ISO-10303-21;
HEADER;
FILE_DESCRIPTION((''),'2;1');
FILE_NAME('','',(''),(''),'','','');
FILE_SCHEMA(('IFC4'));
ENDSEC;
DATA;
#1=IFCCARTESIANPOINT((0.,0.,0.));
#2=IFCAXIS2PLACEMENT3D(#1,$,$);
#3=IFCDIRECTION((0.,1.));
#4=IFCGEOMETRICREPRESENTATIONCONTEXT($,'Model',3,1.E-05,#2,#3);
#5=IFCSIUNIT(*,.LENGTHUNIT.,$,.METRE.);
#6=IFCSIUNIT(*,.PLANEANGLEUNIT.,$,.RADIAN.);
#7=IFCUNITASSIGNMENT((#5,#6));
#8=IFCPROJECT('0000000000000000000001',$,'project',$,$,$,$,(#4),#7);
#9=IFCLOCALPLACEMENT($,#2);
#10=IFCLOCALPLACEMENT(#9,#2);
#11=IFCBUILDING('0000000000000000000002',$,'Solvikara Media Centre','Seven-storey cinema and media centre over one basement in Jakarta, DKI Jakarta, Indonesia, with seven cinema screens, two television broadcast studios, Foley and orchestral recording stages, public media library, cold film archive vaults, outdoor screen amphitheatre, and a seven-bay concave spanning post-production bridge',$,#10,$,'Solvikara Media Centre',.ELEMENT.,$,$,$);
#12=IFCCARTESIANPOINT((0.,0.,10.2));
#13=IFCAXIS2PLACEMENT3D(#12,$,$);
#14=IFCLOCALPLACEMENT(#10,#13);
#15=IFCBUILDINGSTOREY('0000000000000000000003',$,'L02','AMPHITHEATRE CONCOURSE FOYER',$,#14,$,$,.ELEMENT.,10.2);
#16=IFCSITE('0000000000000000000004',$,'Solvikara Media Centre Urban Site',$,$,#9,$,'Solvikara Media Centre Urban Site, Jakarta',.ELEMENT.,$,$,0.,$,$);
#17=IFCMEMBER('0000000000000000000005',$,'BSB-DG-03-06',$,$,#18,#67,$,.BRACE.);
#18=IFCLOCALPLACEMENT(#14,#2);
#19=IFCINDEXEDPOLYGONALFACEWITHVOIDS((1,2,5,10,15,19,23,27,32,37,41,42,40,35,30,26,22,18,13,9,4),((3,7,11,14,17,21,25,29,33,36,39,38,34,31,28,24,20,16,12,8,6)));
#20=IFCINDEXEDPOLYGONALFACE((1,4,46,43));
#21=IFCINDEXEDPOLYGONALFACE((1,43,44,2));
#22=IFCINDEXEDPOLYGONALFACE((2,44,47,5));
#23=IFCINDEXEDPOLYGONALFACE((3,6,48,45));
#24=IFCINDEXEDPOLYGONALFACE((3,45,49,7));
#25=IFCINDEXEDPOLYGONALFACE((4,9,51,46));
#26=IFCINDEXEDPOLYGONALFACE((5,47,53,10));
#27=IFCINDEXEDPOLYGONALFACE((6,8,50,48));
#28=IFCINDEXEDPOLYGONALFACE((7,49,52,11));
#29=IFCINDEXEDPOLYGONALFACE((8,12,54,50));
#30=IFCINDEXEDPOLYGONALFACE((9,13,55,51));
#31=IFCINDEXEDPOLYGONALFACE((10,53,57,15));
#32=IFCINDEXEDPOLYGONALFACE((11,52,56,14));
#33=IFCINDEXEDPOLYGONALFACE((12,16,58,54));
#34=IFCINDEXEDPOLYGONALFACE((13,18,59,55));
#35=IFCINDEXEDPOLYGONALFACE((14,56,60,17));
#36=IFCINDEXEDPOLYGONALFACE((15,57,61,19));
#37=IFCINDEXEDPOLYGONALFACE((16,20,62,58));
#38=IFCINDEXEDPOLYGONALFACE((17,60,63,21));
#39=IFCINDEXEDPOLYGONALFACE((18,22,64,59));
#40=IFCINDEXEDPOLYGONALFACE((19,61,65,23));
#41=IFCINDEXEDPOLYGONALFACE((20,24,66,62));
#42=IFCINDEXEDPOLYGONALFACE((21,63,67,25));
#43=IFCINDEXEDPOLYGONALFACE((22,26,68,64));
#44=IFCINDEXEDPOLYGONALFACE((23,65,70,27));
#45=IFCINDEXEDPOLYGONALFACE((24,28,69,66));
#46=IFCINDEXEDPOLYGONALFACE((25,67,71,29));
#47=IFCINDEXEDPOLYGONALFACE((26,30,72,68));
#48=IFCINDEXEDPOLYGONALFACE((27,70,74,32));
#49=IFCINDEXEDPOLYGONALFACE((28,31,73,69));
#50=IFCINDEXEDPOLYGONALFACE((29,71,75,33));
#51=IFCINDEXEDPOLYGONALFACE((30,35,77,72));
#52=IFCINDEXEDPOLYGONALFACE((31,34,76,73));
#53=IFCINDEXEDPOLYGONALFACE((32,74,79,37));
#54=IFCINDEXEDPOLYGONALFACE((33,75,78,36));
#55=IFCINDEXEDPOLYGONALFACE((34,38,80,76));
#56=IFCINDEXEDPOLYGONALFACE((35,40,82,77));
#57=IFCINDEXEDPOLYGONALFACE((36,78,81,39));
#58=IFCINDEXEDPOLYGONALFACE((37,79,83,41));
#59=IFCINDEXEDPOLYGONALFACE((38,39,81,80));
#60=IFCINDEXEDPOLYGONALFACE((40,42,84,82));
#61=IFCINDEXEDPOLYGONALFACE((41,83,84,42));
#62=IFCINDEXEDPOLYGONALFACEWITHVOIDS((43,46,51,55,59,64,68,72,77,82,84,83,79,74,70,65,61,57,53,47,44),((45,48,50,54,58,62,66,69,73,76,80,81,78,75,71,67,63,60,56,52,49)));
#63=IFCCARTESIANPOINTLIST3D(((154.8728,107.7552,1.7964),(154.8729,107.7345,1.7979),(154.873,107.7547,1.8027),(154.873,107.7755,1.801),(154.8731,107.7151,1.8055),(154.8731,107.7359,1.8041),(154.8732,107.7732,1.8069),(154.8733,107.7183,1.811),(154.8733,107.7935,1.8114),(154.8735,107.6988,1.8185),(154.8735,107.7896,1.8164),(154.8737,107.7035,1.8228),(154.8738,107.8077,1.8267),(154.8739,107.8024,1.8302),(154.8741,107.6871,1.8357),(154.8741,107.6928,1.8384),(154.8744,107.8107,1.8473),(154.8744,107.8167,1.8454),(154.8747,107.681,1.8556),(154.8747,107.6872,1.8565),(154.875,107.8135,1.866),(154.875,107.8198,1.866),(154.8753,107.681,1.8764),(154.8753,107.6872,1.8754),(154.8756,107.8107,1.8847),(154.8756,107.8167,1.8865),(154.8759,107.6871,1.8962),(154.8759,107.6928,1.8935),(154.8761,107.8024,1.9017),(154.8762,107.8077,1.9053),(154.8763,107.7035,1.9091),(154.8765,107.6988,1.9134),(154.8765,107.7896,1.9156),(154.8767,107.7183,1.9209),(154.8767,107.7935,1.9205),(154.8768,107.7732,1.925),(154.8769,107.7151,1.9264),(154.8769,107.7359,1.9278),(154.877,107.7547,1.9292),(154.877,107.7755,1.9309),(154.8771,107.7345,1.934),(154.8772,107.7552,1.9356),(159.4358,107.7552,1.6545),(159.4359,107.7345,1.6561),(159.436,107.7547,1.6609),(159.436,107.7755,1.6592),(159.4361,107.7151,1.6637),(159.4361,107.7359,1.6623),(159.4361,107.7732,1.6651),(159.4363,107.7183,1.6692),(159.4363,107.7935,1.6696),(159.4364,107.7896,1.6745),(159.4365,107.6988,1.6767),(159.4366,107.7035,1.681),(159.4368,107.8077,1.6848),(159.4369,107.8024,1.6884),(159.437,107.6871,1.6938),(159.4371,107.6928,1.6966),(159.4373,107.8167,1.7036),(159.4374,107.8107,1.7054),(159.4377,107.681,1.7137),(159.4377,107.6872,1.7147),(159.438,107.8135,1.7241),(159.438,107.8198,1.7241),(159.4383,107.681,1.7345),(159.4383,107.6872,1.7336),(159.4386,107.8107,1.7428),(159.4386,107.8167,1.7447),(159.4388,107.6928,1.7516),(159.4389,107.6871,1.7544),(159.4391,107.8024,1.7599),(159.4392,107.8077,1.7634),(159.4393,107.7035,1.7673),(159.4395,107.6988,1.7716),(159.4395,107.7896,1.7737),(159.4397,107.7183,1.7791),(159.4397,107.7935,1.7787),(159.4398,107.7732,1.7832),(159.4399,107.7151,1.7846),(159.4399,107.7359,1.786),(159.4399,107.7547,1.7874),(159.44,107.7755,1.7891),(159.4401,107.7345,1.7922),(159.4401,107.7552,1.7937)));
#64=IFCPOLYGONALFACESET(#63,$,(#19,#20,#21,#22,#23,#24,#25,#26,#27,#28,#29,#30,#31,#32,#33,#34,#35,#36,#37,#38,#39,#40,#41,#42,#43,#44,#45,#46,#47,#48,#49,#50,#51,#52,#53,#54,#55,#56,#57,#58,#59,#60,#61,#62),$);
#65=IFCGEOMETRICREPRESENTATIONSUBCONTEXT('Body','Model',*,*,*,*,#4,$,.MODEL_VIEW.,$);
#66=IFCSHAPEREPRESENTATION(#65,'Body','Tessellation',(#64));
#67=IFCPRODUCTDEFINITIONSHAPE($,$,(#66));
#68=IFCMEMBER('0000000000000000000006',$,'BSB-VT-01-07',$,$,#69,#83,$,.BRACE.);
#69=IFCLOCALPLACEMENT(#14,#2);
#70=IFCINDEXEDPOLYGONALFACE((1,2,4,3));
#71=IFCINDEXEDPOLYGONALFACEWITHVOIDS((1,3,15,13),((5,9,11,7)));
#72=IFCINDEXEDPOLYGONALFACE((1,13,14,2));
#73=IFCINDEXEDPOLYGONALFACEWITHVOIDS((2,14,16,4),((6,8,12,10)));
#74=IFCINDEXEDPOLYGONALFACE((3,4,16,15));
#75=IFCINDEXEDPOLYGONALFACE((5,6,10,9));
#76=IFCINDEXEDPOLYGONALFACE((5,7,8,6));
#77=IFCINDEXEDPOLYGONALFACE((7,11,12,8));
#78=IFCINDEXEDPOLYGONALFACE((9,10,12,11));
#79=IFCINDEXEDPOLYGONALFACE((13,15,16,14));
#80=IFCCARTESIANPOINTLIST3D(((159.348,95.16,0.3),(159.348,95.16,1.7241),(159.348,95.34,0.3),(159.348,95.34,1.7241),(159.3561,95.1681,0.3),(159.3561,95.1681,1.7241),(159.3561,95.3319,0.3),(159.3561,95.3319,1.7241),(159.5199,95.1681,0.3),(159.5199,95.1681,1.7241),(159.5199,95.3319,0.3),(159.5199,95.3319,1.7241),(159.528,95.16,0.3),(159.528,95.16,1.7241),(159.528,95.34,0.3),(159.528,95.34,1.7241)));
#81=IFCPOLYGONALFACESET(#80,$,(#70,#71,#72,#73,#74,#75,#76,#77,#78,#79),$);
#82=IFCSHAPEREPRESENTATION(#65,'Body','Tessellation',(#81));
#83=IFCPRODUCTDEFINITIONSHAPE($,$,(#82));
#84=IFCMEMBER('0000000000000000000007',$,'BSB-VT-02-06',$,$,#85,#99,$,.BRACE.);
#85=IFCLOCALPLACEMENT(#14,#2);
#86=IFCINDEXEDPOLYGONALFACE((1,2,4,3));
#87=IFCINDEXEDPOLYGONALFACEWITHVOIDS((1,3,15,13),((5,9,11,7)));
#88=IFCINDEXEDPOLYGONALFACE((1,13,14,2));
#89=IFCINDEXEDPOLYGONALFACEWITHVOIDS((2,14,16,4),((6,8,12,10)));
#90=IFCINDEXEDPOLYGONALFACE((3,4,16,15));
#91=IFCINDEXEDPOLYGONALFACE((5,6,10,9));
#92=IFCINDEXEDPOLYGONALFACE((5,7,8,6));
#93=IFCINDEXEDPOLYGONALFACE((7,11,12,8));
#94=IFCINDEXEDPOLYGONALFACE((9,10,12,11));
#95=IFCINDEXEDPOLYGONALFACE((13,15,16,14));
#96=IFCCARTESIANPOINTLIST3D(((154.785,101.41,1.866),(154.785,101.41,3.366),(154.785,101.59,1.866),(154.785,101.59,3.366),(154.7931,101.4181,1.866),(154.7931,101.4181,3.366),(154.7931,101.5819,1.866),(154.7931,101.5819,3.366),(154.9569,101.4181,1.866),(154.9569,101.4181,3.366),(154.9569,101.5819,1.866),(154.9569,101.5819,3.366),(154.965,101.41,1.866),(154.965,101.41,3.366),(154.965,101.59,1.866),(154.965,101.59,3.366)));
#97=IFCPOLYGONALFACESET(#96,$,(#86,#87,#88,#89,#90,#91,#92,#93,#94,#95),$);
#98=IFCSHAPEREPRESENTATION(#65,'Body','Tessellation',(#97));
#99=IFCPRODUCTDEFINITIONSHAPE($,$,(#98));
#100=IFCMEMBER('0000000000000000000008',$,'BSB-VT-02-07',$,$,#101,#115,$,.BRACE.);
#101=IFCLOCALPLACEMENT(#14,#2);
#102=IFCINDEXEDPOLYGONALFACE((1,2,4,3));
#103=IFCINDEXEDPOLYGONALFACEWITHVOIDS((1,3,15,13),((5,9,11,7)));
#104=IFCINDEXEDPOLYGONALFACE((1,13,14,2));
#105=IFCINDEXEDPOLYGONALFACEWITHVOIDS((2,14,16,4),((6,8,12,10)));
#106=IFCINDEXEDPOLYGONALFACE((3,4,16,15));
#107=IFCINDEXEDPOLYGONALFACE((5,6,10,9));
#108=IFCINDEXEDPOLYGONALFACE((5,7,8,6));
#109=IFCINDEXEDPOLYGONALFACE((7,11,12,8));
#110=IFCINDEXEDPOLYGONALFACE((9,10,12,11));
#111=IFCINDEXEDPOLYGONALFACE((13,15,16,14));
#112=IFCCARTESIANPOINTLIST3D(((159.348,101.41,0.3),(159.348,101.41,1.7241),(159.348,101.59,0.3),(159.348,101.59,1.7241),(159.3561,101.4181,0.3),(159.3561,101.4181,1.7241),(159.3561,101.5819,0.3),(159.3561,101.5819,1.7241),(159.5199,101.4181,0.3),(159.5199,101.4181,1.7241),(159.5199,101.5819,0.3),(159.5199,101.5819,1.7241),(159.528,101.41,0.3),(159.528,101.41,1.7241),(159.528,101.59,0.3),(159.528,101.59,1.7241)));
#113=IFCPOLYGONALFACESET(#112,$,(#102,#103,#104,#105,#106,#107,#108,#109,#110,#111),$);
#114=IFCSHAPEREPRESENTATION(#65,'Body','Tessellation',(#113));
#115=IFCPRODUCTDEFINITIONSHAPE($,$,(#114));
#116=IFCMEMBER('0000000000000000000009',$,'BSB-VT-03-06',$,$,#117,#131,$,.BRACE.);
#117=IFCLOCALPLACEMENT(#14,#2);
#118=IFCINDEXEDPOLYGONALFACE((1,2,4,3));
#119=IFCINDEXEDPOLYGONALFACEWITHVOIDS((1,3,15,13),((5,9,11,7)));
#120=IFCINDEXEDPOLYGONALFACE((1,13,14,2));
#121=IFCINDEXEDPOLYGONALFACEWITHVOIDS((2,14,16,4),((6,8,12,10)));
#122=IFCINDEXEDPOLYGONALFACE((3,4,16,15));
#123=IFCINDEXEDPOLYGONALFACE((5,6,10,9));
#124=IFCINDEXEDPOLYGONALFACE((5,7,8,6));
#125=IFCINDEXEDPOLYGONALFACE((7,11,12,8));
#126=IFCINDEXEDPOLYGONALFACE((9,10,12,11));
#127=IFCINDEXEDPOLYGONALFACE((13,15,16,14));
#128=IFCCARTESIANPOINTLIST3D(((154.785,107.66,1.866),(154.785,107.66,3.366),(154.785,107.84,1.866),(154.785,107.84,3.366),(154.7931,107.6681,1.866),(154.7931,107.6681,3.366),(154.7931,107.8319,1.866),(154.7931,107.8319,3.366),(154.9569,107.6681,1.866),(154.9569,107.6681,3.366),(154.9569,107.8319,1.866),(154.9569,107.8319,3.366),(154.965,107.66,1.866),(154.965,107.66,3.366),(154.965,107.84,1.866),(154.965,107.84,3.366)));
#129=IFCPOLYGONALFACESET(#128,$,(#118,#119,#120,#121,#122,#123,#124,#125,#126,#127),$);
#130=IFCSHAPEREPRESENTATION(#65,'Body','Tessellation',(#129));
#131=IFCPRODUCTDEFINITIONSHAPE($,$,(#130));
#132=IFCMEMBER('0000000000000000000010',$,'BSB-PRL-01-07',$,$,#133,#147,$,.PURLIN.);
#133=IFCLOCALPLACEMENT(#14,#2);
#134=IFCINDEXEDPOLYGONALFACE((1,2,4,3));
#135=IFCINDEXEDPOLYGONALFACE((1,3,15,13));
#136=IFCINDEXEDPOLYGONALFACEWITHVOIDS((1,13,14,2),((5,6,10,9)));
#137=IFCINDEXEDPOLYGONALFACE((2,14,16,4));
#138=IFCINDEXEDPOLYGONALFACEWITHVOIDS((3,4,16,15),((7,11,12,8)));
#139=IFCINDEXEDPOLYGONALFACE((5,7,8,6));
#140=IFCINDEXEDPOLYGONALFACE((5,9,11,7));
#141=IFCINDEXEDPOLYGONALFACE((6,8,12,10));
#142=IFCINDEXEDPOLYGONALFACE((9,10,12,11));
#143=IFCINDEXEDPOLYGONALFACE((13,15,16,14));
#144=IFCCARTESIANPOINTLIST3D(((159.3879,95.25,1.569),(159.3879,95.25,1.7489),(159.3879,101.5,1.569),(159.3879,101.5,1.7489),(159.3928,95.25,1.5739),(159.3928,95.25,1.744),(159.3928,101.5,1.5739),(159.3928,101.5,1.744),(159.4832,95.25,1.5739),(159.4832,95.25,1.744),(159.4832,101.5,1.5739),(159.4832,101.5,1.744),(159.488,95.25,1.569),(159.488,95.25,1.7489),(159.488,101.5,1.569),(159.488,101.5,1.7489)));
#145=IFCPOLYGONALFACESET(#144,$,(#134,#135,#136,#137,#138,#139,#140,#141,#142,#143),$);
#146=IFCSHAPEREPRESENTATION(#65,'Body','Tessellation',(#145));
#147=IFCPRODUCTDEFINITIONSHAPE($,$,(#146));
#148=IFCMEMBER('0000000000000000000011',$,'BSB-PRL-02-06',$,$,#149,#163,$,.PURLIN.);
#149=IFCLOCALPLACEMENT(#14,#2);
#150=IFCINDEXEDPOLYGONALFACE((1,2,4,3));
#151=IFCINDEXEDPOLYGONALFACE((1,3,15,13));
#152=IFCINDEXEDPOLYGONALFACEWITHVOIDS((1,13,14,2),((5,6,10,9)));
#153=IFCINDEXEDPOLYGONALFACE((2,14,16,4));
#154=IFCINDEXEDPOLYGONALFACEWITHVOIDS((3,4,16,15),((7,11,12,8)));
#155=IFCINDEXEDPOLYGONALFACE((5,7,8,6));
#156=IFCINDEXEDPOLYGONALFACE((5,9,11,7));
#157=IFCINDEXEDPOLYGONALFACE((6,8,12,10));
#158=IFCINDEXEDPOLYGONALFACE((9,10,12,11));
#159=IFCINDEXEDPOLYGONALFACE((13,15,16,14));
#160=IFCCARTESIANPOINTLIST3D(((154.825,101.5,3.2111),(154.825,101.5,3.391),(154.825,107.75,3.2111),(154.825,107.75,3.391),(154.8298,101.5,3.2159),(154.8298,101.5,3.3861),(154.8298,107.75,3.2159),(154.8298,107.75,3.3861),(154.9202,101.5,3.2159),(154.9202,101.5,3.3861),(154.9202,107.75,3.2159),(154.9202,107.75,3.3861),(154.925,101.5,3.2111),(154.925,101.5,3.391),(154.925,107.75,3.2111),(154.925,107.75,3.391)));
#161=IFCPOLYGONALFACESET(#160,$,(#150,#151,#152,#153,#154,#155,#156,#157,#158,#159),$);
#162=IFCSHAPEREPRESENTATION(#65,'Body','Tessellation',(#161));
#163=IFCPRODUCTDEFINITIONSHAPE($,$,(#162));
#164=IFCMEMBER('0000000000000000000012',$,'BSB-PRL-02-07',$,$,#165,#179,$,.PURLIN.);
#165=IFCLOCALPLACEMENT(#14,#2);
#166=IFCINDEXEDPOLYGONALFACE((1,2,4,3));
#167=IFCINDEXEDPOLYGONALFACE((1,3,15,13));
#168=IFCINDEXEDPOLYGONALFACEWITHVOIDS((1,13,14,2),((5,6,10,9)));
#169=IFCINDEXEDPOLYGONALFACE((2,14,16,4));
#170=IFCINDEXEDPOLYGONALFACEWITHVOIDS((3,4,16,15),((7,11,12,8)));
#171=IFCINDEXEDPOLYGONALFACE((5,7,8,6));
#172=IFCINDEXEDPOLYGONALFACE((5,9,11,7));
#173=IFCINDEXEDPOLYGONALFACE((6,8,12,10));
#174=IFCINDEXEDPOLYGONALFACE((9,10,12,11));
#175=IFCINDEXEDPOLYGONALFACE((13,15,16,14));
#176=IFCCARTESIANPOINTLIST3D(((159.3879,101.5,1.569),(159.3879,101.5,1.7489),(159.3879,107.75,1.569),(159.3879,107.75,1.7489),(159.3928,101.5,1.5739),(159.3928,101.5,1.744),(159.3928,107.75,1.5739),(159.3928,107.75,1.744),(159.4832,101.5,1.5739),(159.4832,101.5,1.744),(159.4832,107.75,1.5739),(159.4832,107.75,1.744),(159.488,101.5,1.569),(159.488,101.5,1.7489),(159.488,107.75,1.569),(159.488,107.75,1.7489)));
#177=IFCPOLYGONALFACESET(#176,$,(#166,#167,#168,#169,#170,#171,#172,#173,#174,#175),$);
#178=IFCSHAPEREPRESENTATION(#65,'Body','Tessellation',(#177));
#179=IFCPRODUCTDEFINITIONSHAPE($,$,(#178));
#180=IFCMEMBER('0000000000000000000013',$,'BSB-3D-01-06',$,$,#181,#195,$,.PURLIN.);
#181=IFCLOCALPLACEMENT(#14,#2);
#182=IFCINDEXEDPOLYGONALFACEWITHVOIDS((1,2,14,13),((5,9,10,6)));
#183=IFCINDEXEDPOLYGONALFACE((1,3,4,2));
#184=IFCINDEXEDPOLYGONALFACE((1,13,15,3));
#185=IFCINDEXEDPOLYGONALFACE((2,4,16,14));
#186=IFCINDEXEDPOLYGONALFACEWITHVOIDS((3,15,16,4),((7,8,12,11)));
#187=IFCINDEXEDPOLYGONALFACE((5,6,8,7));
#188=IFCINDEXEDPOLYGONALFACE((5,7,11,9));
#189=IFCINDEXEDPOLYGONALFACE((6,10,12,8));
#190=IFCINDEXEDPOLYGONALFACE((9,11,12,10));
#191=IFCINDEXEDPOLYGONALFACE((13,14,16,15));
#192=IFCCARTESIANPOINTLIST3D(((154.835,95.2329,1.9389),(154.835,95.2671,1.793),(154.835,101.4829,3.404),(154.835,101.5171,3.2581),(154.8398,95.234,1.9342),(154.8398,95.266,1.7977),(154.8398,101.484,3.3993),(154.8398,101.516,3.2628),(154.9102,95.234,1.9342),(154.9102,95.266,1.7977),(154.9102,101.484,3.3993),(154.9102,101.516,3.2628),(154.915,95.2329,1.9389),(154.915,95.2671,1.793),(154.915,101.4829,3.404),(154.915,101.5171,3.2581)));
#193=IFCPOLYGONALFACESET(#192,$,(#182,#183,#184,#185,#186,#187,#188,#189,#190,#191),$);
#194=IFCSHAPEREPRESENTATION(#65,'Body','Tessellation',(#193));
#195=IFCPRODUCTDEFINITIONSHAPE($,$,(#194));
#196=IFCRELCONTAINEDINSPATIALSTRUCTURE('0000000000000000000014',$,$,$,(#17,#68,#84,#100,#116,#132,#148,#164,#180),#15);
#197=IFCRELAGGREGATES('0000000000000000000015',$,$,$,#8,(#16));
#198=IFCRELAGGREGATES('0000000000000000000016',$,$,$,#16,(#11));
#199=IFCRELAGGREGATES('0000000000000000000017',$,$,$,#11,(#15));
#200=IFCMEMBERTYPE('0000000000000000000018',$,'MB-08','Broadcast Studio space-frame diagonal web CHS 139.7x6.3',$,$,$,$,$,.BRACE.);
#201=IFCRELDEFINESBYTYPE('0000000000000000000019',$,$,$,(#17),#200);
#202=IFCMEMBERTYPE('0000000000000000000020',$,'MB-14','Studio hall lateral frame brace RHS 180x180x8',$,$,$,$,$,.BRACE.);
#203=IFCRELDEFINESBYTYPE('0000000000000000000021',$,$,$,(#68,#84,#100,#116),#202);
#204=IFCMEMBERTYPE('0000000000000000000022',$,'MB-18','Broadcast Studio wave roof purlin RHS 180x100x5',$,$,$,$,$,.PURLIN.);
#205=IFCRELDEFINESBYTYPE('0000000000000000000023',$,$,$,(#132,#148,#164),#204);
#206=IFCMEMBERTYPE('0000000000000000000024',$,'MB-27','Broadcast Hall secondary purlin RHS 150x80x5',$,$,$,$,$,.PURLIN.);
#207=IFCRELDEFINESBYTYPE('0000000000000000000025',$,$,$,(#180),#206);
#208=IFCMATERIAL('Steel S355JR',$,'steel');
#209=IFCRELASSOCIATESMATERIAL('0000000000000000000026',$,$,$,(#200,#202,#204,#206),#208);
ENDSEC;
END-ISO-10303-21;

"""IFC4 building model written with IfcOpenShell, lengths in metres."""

from ifc_helpers import new_model, si_unit, direction, frame, origin, origin_2d, place, context, subcontext, project, spatial, hollow_rectangle, hollow_circle, extrude, material, material_profile, profile_set, type_object, element, save


model = new_model("IFC4")

# Units and contexts
model_context = context("Model", 3, precision=1e-05, world=origin(), true_north=direction((0.0, 1.0)))
body_context = subcontext(model_context, "Body", "Model", "MODEL_VIEW")
ifc_project = project(units=[si_unit("LENGTHUNIT", "METRE"), si_unit("PLANEANGLEUNIT", "RADIAN")], contexts=[model_context])

# Site, building, storey
site_placement = place(None, origin())
site = spatial("IfcSite", under=ifc_project, at=site_placement, Name="Solvikara Media Centre Urban Site", LongName="Solvikara Media Centre Urban Site, Jakarta", CompositionType="ELEMENT", RefElevation=0.0)
building_placement = place(site_placement, origin())
building = spatial("IfcBuilding", under=site, at=building_placement, Name="Solvikara Media Centre", Description="Seven-storey cinema and media centre over one basement in Jakarta, DKI Jakarta, Indonesia, with seven cinema screens, two television broadcast studios, Foley and orchestral recording stages, public media library, cold film archive vaults, outdoor screen amphitheatre, and a seven-bay concave spanning post-production bridge", LongName="Solvikara Media Centre", CompositionType="ELEMENT")
storey_placement = place(building_placement, frame((0.0, 0.0, 10.2)))
storey = spatial("IfcBuildingStorey", under=building, at=storey_placement, Name="L02", Description="AMPHITHEATRE CONCOURSE FOYER", CompositionType="ELEMENT", Elevation=10.2)

# Shared definitions
ifc_material_1 = material(Name="Steel S355JR", Category="steel")

# Members
ifc_material_profile_1 = material_profile(ifc_material_1, hollow_circle(Radius=0.0698, WallThickness=0.0063, at=origin_2d()), Name="CHS 139.7x6.3")
ifc_profile_set_1 = profile_set([ifc_material_profile_1], Name="Steel S355JR")
member_type_1 = type_object("IfcMemberType", Name="MB-08", Description="Broadcast Studio space-frame diagonal web CHS 139.7x6.3", PredefinedType="BRACE", material=ifc_profile_set_1)
for number, where, z_axis, x_axis, name in (
    (1, (154.875, 107.75, 1.866), (0.999517, 0.0, -0.031071), (0.0, 1.0, 0.0), "BSB-DG-03-06"),
):
    element("IfcMember", number, at=place(storey_placement, frame(where, z_axis=z_axis, x_axis=x_axis)), inside=storey, type_object=member_type_1, Name=name, PredefinedType="BRACE", context=body_context, shape_type="SweptSolid", body=[
        extrude(hollow_circle(Radius=0.0698, WallThickness=0.0063, at=origin_2d()), origin(), (0.0, 0.0, 1.0), 4.5652),
    ])
ifc_material_profile_2 = material_profile(ifc_material_1, hollow_rectangle(XDim=0.1799, YDim=0.1799, WallThickness=0.0081, at=origin_2d()), Name="RHS 180x180x8")
ifc_profile_set_2 = profile_set([ifc_material_profile_2], Name="Steel S355JR")
member_type_2 = type_object("IfcMemberType", Name="MB-14", Description="Studio hall lateral frame brace RHS 180x180x8", PredefinedType="BRACE", material=ifc_profile_set_2)
member_1_placement = place(storey_placement, frame((159.438, 95.25, 0.3), z_axis=(0.0, 0.0, 1.0), x_axis=(1.0, 0.0, 0.0)))
element("IfcMember", 2, at=member_1_placement, inside=storey, type_object=member_type_2, Name="BSB-VT-01-07", PredefinedType="BRACE", context=body_context, shape_type="SweptSolid", body=[
    extrude(hollow_rectangle(XDim=0.1799, YDim=0.1799, WallThickness=0.0081, at=origin_2d()), origin(), (0.0, 0.0, 1.0), 1.4241),
])
member_2_placement = place(storey_placement, frame((154.875, 101.5, 1.866), z_axis=(0.0, 0.0, 1.0), x_axis=(1.0, 0.0, 0.0)))
element("IfcMember", 3, at=member_2_placement, inside=storey, type_object=member_type_2, Name="BSB-VT-02-06", PredefinedType="BRACE", context=body_context, shape_type="SweptSolid", body=[
    extrude(hollow_rectangle(XDim=0.1799, YDim=0.1799, WallThickness=0.0081, at=origin_2d()), origin(), (0.0, 0.0, 1.0), 1.5),
])
member_3_placement = place(storey_placement, frame((159.438, 101.5, 0.3), z_axis=(0.0, 0.0, 1.0), x_axis=(1.0, 0.0, 0.0)))
element("IfcMember", 4, at=member_3_placement, inside=storey, type_object=member_type_2, Name="BSB-VT-02-07", PredefinedType="BRACE", context=body_context, shape_type="SweptSolid", body=[
    extrude(hollow_rectangle(XDim=0.1799, YDim=0.1799, WallThickness=0.0081, at=origin_2d()), origin(), (0.0, 0.0, 1.0), 1.4241),
])
member_4_placement = place(storey_placement, frame((154.875, 107.75, 1.866), z_axis=(0.0, 0.0, 1.0), x_axis=(1.0, 0.0, 0.0)))
element("IfcMember", 5, at=member_4_placement, inside=storey, type_object=member_type_2, Name="BSB-VT-03-06", PredefinedType="BRACE", context=body_context, shape_type="SweptSolid", body=[
    extrude(hollow_rectangle(XDim=0.1799, YDim=0.1799, WallThickness=0.0081, at=origin_2d()), origin(), (0.0, 0.0, 1.0), 1.5),
])
ifc_material_profile_3 = material_profile(ifc_material_1, hollow_rectangle(XDim=0.1001, YDim=0.1799, WallThickness=0.0049, at=origin_2d()), Name="RHS 180x100x5")
ifc_profile_set_3 = profile_set([ifc_material_profile_3], Name="Steel S355JR")
member_type_3 = type_object("IfcMemberType", Name="MB-18", Description="Broadcast Studio wave roof purlin RHS 180x100x5", PredefinedType="PURLIN", material=ifc_profile_set_3)
for number, where, z_axis, x_axis, name in (
    (6, (159.438, 95.25, 1.6589), (0.0, 1.0, 0.0), (-1.0, 0.0, 0.0), "BSB-PRL-01-07"),
    (7, (154.875, 101.5, 3.301), (0.0, 1.0, 0.0), (-1.0, 0.0, 0.0), "BSB-PRL-02-06"),
    (8, (159.438, 101.5, 1.6589), (0.0, 1.0, 0.0), (-1.0, 0.0, 0.0), "BSB-PRL-02-07"),
):
    element("IfcMember", number, at=place(storey_placement, frame(where, z_axis=z_axis, x_axis=x_axis)), inside=storey, type_object=member_type_3, Name=name, PredefinedType="PURLIN", context=body_context, shape_type="SweptSolid", body=[
        extrude(hollow_rectangle(XDim=0.1001, YDim=0.1799, WallThickness=0.0049, at=origin_2d()), origin(), (0.0, 0.0, 1.0), 6.25),
    ])
ifc_material_profile_4 = material_profile(ifc_material_1, hollow_rectangle(XDim=0.0801, YDim=0.1499, WallThickness=0.0049, at=origin_2d()), Name="RHS 150x80x5")
ifc_profile_set_4 = profile_set([ifc_material_profile_4], Name="Steel S355JR")
member_type_4 = type_object("IfcMemberType", Name="MB-27", Description="Broadcast Hall secondary purlin RHS 150x80x5", PredefinedType="PURLIN", material=ifc_profile_set_4)
member_5_placement = place(storey_placement, frame((154.875, 95.25, 1.866), z_axis=(0.0, 0.973608, 0.228227), x_axis=(-1.0, 0.0, 0.0)))
element("IfcMember", 9, at=member_5_placement, inside=storey, type_object=member_type_4, Name="BSB-3D-01-06", PredefinedType="PURLIN", context=body_context, shape_type="SweptSolid", body=[
    extrude(hollow_rectangle(XDim=0.0801, YDim=0.1499, WallThickness=0.0049, at=origin_2d()), origin(), (0.0, 0.0, 1.0), 6.4194),
])

save(model, "model.ifc")
